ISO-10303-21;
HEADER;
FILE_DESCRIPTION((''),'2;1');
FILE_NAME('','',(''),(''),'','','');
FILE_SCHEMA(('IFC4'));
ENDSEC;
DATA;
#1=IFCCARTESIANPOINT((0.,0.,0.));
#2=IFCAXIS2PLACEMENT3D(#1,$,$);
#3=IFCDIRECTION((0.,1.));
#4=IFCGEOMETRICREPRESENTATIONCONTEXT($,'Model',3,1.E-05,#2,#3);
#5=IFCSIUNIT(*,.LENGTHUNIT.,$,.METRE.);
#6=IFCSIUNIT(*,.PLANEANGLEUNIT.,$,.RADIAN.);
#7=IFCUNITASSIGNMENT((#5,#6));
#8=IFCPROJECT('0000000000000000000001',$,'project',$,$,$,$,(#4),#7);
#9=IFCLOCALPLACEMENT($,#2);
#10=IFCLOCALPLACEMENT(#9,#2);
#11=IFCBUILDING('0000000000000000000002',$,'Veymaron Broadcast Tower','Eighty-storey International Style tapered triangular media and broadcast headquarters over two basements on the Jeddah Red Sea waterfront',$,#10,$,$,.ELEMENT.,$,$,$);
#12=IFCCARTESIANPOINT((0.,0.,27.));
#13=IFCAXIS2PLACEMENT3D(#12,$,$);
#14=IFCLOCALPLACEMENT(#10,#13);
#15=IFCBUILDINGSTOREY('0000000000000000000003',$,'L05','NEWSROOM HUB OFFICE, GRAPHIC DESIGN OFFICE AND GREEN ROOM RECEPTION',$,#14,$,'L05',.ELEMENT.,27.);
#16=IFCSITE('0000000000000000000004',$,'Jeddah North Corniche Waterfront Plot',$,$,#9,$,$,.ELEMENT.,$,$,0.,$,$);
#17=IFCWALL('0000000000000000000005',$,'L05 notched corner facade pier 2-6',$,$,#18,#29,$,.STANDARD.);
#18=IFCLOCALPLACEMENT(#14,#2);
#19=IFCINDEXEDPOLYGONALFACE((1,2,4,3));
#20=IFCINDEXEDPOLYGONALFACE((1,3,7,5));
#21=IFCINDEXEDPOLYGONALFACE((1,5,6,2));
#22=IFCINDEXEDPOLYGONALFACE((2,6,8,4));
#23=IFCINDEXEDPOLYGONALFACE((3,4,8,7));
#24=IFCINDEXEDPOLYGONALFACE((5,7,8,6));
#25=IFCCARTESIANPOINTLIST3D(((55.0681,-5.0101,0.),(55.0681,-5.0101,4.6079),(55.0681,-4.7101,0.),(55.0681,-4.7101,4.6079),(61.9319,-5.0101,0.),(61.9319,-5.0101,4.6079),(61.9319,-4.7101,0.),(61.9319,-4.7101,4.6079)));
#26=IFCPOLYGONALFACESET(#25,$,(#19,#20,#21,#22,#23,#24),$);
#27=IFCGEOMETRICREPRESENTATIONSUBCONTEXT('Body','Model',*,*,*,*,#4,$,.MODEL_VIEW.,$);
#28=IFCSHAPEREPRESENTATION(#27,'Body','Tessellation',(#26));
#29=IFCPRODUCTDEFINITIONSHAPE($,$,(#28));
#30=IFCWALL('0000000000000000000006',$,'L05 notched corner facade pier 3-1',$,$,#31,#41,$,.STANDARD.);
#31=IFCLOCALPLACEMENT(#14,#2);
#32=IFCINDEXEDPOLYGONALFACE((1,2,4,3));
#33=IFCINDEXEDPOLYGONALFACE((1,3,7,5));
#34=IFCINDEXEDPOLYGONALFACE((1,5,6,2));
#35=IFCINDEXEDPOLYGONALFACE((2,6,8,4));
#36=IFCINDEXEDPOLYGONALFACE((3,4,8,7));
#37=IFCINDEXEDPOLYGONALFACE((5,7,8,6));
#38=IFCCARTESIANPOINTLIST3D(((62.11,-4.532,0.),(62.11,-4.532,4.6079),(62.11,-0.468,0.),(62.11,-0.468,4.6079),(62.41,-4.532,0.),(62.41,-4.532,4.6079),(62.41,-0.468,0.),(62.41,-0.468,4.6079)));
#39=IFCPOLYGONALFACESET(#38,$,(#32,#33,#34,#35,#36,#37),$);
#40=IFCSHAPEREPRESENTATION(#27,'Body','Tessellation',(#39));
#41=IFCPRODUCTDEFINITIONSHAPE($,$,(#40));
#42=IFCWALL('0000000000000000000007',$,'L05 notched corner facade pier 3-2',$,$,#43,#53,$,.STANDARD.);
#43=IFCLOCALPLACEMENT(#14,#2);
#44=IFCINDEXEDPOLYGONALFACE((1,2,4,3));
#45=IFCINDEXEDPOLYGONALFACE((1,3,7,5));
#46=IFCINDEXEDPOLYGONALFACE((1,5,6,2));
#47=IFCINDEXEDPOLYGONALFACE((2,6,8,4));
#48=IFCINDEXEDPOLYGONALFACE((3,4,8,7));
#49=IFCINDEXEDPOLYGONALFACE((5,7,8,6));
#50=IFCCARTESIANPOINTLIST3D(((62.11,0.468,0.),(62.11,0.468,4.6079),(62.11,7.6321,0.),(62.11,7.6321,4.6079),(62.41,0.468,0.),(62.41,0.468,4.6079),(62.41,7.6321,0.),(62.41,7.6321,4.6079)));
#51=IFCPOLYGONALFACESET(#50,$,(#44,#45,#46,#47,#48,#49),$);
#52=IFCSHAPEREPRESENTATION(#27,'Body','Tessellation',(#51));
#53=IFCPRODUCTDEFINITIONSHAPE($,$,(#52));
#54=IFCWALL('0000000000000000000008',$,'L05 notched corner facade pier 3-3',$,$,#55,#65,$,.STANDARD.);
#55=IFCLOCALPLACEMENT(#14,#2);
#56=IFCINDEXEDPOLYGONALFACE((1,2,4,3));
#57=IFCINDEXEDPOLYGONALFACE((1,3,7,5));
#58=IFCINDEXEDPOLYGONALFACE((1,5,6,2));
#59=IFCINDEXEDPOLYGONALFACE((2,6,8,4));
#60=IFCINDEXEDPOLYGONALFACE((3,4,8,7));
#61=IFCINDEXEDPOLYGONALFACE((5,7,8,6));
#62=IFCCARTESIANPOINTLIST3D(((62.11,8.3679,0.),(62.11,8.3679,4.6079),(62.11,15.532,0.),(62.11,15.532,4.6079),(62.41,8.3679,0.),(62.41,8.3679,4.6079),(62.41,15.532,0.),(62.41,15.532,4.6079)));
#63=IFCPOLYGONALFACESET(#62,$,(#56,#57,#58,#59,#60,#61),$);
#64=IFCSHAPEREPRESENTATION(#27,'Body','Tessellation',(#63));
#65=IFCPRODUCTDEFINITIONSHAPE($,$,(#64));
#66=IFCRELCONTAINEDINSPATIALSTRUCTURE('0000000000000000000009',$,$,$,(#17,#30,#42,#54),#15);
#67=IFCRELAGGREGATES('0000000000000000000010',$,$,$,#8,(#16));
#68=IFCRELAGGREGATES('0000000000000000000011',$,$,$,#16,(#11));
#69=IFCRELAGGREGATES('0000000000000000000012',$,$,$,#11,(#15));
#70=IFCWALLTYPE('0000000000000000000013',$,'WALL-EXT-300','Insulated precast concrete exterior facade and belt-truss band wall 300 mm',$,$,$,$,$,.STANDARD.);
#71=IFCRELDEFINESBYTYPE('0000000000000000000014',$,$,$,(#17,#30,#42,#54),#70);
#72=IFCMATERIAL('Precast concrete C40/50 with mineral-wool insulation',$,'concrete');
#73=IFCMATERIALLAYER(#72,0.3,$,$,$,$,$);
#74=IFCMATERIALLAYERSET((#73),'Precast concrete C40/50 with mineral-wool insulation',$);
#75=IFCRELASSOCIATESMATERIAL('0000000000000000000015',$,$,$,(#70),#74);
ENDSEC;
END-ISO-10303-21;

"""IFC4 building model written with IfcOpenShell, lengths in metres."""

from ifc_helpers import new_model, si_unit, direction, frame, frame_2d, origin, place, context, subcontext, project, spatial, rectangle, extrude, material, layer, layer_set, type_object, element, save


model = new_model("IFC4")

# Units and contexts
model_context = context("Model", 3, precision=1e-05, world=origin(), true_north=direction((0.0, 1.0)))
body_context = subcontext(model_context, "Body", "Model", "MODEL_VIEW")
ifc_project = project(units=[si_unit("LENGTHUNIT", "METRE"), si_unit("PLANEANGLEUNIT", "RADIAN")], contexts=[model_context])

# Site, building, storey
site_placement = place(None, origin())
site = spatial("IfcSite", under=ifc_project, at=site_placement, Name="Jeddah North Corniche Waterfront Plot", CompositionType="ELEMENT", RefElevation=0.0)
building_placement = place(site_placement, origin())
building = spatial("IfcBuilding", under=site, at=building_placement, Name="Veymaron Broadcast Tower", Description="Eighty-storey International Style tapered triangular media and broadcast headquarters over two basements on the Jeddah Red Sea waterfront", CompositionType="ELEMENT")
storey_placement = place(building_placement, frame((0.0, 0.0, 27.0)))
storey = spatial("IfcBuildingStorey", under=building, at=storey_placement, Name="L05", Description="NEWSROOM HUB OFFICE, GRAPHIC DESIGN OFFICE AND GREEN ROOM RECEPTION", LongName="L05", CompositionType="ELEMENT", Elevation=27.0)

# Walls
ifc_material_1 = material(Name="Precast concrete C40/50 with mineral-wool insulation", Category="concrete")
ifc_layer = layer(ifc_material_1, 0.3)
ifc_layer_set = layer_set([ifc_layer], Name="Precast concrete C40/50 with mineral-wool insulation")
wall_type = type_object("IfcWallType", Name="WALL-EXT-300", Description="Insulated precast concrete exterior facade and belt-truss band wall 300 mm", PredefinedType="STANDARD", material=ifc_layer_set)
wall_1_placement = place(storey_placement, frame((55.0681, -4.8601, 0.0), z_axis=(0.0, 0.0, 1.0), x_axis=(1.0, 0.0, 0.0)))
element("IfcWall", 1, at=wall_1_placement, inside=storey, type_object=wall_type, Name="L05 notched corner facade pier 2-6", PredefinedType="STANDARD", context=body_context, shape_type="SweptSolid", body=[
    extrude(rectangle(XDim=6.8638, YDim=0.3, at=frame_2d((3.4319, 0.0))), origin(), (0.0, 0.0, 1.0), 4.6079),
])
wall_2_placement = place(storey_placement, frame((62.26, -4.532, 0.0), z_axis=(0.0, 0.0, 1.0), x_axis=(0.0, 1.0, 0.0)))
element("IfcWall", 2, at=wall_2_placement, inside=storey, type_object=wall_type, Name="L05 notched corner facade pier 3-1", PredefinedType="STANDARD", context=body_context, shape_type="SweptSolid", body=[
    extrude(rectangle(XDim=4.064, YDim=0.3, at=frame_2d((2.032, 0.0))), origin(), (0.0, 0.0, 1.0), 4.6079),
])
for number, where, z_axis, x_axis, name in (
    (3, (62.26, 0.468, 0.0), (0.0, 0.0, 1.0), (0.0, 1.0, 0.0), "L05 notched corner facade pier 3-2"),
    (4, (62.26, 8.3679, 0.0), (0.0, 0.0, 1.0), (0.0, 1.0, 0.0), "L05 notched corner facade pier 3-3"),
):
    element("IfcWall", number, at=place(storey_placement, frame(where, z_axis=z_axis, x_axis=x_axis)), inside=storey, type_object=wall_type, Name=name, PredefinedType="STANDARD", context=body_context, shape_type="SweptSolid", body=[
        extrude(rectangle(XDim=7.1641, YDim=0.3, at=frame_2d((3.582, 0.0))), origin(), (0.0, 0.0, 1.0), 4.6079),
    ])

save(model, "model.ifc")
